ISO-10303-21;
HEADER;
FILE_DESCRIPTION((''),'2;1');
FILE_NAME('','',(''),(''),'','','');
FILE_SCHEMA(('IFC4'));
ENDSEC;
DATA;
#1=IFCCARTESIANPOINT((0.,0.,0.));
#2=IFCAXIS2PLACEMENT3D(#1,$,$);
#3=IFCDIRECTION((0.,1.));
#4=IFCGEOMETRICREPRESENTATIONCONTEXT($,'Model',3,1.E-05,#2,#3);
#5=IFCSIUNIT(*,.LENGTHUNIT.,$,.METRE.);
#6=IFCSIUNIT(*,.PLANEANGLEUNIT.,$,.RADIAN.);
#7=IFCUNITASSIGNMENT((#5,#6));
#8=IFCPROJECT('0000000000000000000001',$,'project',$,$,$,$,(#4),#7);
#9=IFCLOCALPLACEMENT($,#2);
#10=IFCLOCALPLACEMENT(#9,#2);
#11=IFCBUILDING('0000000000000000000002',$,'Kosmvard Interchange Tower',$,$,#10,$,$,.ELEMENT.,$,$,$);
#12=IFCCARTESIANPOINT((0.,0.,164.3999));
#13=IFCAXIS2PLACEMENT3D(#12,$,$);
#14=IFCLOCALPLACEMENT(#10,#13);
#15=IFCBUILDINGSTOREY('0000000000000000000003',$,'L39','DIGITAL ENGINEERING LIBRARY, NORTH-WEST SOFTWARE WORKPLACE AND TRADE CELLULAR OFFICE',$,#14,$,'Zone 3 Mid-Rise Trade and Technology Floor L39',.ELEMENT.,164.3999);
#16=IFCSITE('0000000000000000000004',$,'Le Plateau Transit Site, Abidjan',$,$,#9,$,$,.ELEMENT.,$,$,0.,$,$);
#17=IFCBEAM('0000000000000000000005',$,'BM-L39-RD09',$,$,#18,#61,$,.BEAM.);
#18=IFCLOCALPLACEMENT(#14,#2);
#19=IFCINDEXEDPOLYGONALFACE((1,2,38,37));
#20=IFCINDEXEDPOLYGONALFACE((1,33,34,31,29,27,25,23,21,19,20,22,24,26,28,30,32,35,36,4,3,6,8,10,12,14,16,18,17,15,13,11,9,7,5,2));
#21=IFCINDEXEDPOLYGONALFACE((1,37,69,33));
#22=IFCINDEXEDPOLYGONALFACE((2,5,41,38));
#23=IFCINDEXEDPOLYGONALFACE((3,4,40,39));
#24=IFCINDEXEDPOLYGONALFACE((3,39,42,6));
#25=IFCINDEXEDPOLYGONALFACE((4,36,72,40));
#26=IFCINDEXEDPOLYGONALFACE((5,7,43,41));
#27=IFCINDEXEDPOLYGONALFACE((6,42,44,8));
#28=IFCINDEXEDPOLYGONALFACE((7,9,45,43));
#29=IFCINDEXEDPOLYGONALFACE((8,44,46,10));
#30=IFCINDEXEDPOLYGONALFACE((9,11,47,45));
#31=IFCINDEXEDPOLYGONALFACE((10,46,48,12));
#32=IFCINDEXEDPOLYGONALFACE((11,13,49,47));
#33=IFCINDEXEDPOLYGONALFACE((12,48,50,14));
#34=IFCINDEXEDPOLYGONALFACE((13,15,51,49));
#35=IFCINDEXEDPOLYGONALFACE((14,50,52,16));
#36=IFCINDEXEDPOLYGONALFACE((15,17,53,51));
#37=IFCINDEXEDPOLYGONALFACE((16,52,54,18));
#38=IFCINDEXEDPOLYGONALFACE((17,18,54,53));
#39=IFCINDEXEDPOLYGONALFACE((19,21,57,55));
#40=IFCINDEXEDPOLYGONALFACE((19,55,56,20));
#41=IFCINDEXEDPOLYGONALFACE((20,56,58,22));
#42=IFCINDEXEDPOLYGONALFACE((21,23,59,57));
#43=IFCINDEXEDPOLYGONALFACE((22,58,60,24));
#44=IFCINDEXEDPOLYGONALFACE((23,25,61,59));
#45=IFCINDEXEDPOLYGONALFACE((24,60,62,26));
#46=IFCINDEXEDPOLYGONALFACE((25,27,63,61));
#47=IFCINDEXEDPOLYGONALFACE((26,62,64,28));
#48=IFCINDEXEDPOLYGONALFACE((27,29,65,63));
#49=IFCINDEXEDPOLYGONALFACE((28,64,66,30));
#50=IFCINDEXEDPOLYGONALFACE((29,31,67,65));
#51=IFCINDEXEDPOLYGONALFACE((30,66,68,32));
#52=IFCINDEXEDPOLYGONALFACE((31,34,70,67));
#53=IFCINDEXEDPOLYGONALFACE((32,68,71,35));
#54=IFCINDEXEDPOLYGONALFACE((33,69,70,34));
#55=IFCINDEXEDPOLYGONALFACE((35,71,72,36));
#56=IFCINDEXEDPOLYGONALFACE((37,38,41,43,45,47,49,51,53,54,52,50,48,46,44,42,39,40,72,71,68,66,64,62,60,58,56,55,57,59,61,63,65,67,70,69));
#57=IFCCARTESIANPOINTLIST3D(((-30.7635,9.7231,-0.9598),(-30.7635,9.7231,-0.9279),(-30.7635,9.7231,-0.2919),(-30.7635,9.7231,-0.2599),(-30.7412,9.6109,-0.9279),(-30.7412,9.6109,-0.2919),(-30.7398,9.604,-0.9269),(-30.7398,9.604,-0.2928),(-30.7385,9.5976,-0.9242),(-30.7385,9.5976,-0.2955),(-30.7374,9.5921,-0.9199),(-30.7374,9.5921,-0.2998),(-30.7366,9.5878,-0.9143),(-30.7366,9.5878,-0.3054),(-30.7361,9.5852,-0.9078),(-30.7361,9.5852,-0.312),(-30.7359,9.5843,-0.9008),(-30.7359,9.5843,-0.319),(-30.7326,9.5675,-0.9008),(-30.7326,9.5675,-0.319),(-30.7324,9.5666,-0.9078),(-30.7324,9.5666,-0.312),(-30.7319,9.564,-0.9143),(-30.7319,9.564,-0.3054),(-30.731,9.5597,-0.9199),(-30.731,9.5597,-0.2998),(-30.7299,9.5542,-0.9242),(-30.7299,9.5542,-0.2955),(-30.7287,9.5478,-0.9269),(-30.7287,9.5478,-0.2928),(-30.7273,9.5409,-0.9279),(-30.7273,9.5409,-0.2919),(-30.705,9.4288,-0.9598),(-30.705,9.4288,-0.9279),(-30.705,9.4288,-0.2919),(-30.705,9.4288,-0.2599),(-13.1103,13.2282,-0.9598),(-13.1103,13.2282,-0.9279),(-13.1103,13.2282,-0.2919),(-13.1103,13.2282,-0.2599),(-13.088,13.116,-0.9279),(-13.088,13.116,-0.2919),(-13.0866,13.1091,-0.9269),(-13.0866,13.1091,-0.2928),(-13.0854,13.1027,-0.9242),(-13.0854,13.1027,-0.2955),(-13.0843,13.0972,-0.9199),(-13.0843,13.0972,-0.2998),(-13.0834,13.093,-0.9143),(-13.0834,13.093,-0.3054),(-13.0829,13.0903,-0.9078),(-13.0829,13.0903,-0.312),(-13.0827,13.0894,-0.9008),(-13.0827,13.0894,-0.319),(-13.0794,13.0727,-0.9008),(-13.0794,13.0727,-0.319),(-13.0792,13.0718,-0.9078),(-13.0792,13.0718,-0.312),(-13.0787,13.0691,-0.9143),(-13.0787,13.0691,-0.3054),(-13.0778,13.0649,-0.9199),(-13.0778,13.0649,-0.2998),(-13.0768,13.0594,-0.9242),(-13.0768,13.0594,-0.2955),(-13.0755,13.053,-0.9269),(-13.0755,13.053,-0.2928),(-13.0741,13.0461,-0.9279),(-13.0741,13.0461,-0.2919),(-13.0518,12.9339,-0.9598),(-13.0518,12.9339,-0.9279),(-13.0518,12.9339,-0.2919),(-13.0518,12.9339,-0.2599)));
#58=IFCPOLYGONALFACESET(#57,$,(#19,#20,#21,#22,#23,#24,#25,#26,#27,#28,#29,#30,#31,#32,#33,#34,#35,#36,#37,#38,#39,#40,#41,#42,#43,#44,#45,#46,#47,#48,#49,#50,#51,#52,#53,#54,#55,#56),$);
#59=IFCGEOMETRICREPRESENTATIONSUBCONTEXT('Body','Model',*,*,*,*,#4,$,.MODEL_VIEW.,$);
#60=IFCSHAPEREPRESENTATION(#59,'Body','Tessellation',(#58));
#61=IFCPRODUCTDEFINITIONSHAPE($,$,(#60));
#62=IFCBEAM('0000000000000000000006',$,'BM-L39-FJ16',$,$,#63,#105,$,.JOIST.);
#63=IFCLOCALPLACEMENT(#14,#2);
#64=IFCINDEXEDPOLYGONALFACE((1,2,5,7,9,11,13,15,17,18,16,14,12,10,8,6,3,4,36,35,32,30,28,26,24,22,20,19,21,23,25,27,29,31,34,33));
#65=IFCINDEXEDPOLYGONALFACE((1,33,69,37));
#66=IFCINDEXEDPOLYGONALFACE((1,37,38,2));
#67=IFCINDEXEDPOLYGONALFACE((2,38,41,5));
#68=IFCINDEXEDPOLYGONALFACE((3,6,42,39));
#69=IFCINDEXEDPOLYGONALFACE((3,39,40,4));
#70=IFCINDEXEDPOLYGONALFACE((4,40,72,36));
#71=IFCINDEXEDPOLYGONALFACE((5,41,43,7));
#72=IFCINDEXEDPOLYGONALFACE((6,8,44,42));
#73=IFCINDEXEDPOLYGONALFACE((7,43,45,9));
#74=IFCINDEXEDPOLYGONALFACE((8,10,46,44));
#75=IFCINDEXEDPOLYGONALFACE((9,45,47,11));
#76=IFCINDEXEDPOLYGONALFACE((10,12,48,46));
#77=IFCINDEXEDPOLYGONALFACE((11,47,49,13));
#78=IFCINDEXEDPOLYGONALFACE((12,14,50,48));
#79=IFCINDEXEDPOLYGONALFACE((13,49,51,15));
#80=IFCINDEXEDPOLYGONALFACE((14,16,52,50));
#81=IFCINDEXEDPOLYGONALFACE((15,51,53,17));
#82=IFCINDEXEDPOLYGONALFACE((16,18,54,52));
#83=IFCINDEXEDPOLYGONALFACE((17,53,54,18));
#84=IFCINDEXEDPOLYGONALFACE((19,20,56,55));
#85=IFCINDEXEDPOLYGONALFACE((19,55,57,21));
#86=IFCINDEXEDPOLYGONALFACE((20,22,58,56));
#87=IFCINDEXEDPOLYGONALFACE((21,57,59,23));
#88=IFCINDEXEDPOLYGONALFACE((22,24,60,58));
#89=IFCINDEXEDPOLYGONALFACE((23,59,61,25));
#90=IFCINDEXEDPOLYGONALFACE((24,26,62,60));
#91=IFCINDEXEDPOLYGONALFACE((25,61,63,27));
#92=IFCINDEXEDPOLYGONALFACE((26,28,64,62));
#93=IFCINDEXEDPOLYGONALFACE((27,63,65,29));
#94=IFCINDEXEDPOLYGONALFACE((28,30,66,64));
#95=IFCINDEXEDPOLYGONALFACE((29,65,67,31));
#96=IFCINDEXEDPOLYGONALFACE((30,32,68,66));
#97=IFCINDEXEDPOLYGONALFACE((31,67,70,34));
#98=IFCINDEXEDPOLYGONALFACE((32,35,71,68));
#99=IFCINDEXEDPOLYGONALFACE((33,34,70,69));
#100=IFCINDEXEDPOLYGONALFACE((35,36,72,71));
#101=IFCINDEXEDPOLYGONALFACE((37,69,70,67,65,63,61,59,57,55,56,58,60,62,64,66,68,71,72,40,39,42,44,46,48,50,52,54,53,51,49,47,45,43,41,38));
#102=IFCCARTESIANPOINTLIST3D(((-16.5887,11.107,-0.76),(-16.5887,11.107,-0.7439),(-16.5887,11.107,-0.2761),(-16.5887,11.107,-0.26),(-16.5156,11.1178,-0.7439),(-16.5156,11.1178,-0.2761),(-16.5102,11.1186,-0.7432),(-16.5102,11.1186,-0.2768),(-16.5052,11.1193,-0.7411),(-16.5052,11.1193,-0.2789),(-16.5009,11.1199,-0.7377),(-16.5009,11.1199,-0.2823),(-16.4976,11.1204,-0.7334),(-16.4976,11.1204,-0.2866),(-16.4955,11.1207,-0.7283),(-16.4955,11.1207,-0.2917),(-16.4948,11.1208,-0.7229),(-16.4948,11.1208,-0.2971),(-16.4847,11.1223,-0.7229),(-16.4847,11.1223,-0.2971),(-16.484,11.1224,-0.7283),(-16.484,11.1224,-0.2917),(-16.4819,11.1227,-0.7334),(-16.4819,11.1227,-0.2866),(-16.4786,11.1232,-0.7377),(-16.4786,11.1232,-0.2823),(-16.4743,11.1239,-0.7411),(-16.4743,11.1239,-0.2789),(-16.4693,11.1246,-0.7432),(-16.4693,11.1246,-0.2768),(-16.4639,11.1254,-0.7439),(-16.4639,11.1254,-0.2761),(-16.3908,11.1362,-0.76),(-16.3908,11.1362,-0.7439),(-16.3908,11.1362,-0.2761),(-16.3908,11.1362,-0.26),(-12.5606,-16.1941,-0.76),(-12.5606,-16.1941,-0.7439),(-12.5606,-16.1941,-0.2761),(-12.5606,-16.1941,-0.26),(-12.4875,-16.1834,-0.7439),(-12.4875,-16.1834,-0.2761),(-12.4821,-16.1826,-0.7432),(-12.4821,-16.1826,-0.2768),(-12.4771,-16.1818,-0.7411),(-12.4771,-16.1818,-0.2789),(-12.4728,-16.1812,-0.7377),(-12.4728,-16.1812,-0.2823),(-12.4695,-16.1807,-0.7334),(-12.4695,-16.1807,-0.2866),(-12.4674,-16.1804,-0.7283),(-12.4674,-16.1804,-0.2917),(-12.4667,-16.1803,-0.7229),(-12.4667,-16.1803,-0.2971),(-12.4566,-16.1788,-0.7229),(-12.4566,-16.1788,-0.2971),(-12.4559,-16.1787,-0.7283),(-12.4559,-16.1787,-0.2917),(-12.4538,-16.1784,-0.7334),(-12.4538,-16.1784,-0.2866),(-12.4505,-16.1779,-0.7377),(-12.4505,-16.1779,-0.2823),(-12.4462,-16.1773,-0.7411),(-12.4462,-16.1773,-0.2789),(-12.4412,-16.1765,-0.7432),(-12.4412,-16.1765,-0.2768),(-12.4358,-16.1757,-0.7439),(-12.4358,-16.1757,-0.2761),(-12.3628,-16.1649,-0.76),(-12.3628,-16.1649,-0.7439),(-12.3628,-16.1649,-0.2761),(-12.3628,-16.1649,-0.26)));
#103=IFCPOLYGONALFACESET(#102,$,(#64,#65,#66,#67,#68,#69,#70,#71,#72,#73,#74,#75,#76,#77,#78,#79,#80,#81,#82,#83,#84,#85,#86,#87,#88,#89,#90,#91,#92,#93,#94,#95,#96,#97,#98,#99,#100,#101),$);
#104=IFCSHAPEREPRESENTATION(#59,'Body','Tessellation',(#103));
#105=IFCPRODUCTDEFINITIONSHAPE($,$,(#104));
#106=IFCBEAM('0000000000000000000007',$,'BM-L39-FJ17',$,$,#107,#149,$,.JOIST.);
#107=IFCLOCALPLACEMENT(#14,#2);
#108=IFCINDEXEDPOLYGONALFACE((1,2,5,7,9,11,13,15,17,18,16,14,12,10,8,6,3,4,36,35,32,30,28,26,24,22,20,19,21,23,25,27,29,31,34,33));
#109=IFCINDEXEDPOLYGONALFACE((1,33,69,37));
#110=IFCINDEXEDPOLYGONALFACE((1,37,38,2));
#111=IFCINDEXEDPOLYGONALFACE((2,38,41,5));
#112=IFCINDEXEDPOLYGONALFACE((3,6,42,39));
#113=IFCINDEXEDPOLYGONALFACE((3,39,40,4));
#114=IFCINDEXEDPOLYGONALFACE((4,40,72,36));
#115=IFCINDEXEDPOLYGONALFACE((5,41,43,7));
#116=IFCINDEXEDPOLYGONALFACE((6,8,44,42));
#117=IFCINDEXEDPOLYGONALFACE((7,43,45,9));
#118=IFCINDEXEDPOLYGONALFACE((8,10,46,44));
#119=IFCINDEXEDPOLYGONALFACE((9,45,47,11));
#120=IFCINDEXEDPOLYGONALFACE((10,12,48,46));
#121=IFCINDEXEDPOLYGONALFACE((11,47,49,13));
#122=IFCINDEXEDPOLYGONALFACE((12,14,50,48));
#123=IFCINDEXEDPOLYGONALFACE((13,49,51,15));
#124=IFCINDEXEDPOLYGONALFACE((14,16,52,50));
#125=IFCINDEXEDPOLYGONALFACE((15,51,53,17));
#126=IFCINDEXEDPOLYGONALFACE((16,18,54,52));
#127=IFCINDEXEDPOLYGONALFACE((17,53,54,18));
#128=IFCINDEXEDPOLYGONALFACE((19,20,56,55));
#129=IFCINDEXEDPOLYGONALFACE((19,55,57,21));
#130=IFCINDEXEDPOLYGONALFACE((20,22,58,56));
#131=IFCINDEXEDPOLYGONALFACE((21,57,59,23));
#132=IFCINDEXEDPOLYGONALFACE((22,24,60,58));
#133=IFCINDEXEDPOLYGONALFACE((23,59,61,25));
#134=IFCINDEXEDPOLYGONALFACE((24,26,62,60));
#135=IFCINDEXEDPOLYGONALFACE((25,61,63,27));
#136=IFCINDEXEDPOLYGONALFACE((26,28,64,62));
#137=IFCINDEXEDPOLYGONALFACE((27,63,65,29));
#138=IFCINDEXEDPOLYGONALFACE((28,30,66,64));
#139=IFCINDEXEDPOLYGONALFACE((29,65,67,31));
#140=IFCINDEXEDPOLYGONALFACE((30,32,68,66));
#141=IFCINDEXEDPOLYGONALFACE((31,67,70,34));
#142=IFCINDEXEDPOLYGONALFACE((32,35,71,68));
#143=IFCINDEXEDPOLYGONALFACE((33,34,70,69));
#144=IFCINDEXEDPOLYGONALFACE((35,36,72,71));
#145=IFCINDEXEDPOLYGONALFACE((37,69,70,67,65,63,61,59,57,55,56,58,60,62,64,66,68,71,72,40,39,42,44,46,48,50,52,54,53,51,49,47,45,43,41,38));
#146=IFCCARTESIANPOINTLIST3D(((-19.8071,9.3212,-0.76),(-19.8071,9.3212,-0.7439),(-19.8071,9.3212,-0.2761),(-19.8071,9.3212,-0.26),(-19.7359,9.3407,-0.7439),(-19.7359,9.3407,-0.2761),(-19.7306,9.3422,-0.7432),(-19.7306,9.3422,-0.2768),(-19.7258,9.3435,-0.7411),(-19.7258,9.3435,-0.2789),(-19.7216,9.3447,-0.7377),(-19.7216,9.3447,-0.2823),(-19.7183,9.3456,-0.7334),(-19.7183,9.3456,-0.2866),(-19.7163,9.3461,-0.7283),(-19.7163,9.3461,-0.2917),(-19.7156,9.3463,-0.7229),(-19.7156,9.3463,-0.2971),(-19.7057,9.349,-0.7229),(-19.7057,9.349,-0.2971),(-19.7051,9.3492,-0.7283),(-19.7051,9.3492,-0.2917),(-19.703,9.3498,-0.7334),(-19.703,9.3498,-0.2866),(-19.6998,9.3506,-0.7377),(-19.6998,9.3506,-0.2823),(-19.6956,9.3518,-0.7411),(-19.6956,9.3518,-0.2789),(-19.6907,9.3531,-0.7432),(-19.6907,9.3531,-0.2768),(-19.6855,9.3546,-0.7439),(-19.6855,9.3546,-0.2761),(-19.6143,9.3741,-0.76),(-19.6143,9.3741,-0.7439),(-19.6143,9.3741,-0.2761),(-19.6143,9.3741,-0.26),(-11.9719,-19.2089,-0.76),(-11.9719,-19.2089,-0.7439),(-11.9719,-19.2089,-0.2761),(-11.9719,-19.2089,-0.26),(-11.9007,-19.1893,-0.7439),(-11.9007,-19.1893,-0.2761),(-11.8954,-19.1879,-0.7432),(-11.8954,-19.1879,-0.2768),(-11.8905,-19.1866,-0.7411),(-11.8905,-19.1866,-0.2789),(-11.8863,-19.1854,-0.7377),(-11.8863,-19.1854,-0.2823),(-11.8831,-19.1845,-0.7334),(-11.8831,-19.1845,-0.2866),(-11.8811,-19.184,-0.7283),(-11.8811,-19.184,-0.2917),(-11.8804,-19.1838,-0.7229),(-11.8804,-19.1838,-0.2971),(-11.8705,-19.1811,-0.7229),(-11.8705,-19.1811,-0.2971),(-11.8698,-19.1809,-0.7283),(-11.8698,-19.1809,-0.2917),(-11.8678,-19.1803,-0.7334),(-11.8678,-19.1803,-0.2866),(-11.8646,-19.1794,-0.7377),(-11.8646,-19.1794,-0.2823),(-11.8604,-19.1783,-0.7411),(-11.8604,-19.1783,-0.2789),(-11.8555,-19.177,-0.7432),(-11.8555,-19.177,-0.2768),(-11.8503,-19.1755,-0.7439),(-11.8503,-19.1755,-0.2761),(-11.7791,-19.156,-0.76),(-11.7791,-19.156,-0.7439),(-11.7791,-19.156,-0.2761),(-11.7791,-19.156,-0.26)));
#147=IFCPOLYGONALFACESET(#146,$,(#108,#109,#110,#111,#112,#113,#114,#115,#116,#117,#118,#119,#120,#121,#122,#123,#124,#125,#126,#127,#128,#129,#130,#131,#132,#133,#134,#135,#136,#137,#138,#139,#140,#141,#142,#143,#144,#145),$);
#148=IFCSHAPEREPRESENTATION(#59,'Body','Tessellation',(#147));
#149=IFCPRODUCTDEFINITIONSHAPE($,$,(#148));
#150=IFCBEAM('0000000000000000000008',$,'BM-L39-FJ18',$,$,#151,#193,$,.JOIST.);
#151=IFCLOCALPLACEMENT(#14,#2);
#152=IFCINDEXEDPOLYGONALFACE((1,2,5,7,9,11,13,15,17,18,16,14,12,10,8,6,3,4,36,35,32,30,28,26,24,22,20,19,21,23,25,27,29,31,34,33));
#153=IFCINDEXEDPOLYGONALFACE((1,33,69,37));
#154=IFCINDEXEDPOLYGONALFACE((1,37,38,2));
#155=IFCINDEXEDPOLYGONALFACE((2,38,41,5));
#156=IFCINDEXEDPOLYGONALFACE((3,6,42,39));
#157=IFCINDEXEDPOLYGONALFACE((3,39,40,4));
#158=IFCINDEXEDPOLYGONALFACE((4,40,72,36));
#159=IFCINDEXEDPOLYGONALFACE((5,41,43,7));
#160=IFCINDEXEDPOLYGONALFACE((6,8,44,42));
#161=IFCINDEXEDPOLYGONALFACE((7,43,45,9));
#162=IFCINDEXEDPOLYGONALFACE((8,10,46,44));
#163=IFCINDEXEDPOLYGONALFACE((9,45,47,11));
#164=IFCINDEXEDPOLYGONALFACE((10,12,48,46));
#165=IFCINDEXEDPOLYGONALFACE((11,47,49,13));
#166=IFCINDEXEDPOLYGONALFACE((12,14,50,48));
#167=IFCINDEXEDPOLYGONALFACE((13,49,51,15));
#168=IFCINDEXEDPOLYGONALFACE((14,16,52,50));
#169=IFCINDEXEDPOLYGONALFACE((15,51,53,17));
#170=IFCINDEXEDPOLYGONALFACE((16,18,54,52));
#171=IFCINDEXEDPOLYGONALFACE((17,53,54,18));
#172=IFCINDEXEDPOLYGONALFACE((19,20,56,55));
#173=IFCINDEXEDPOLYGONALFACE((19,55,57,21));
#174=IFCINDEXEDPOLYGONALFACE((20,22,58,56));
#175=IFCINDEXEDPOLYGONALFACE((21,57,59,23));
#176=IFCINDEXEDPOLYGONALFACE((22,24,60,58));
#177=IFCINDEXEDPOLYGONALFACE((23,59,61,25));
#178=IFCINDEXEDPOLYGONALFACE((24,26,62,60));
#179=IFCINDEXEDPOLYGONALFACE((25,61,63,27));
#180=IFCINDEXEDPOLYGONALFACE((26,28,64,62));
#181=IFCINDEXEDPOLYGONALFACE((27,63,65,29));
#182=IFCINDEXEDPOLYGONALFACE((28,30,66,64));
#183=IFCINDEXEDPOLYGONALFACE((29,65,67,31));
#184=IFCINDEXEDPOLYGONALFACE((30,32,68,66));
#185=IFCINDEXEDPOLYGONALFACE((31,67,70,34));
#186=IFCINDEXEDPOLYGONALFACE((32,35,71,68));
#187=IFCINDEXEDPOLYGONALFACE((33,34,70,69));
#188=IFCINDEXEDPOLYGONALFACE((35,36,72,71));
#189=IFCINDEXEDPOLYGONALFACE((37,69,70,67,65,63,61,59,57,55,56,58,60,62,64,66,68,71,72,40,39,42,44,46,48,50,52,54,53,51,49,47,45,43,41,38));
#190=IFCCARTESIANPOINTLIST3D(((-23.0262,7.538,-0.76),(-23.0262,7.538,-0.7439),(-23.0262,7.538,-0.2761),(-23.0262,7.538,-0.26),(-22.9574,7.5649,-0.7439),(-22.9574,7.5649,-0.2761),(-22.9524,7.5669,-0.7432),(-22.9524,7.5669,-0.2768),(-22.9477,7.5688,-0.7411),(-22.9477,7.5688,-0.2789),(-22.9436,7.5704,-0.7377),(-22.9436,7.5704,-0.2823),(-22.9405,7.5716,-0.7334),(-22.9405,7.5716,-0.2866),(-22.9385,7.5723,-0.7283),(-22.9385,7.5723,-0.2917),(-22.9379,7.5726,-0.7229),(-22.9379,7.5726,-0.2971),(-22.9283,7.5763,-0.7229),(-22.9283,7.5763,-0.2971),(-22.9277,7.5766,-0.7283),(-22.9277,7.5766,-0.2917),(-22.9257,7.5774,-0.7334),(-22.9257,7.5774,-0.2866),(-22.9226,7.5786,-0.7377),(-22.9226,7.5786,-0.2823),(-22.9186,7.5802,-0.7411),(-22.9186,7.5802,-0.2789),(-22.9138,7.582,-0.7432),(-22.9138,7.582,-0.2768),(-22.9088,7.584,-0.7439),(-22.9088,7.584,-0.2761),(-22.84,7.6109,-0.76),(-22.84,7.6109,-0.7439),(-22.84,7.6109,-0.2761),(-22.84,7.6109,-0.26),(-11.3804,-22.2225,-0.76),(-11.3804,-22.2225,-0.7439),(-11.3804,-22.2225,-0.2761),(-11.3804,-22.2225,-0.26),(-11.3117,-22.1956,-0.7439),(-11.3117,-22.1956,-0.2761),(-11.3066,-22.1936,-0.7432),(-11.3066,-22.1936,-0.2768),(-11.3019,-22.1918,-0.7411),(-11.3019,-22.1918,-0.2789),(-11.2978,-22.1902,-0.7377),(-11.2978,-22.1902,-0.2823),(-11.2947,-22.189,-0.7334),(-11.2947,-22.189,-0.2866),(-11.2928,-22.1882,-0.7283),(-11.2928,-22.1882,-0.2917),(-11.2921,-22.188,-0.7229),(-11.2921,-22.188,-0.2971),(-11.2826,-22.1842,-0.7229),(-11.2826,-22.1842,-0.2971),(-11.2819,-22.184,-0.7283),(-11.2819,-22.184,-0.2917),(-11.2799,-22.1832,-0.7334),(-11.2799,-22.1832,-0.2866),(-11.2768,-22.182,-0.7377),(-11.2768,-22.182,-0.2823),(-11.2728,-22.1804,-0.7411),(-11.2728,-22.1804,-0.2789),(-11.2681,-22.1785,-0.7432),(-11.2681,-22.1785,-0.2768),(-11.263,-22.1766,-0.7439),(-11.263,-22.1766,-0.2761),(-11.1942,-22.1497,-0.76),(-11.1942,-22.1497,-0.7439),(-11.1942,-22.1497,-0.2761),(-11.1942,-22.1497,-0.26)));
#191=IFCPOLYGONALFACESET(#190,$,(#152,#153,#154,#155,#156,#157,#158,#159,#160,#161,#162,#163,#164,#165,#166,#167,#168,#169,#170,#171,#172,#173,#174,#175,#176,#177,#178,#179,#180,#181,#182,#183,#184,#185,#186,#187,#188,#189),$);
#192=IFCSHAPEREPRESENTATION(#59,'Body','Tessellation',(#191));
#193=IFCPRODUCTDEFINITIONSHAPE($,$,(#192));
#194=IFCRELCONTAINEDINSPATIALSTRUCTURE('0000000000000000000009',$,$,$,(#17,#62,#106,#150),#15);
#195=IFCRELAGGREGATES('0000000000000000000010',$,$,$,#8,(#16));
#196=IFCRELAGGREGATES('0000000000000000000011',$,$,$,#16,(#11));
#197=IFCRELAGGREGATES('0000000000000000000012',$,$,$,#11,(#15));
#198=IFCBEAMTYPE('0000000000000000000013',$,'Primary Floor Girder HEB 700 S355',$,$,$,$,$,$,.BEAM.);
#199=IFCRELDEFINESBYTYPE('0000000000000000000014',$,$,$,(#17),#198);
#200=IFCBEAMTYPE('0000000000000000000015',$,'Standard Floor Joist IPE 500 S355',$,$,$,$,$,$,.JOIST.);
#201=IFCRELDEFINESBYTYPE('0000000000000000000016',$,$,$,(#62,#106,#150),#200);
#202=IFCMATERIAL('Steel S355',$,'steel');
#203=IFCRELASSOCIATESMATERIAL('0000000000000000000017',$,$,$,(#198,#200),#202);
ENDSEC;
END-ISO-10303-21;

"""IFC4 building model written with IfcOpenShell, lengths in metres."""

from ifc_helpers import new_model, si_unit, direction, frame, origin, origin_2d, place, context, subcontext, project, spatial, i_section, extrude, source, transform, mapped, material, material_profile, profile_set, type_object, element, save


model = new_model("IFC4")

# Units and contexts
model_context = context("Model", 3, precision=1e-05, world=origin(), true_north=direction((0.0, 1.0)))
body_context = subcontext(model_context, "Body", "Model", "MODEL_VIEW")
ifc_project = project(units=[si_unit("LENGTHUNIT", "METRE"), si_unit("PLANEANGLEUNIT", "RADIAN")], contexts=[model_context])

# Site, building, storey
site_placement = place(None, origin())
site = spatial("IfcSite", under=ifc_project, at=site_placement, Name="Le Plateau Transit Site, Abidjan", CompositionType="ELEMENT", RefElevation=0.0)
building_placement = place(site_placement, origin())
building = spatial("IfcBuilding", under=site, at=building_placement, Name="Kosmvard Interchange Tower", CompositionType="ELEMENT")
storey_placement = place(building_placement, frame((0.0, 0.0, 164.3999)))
storey = spatial("IfcBuildingStorey", under=building, at=storey_placement, Name="L39", Description="DIGITAL ENGINEERING LIBRARY, NORTH-WEST SOFTWARE WORKPLACE AND TRADE CELLULAR OFFICE", LongName="Zone 3 Mid-Rise Trade and Technology Floor L39", CompositionType="ELEMENT", Elevation=164.3999)

# Beams
ifc_material_1 = material(Name="Steel S355", Category="steel")
ifc_material_profile_1 = material_profile(ifc_material_1, i_section(OverallWidth=0.3, OverallDepth=0.7, WebThickness=0.0171, FlangeThickness=0.032, FilletRadius=0.0271, at=origin_2d()), Name="HEB 700")
ifc_profile_set_1 = profile_set([ifc_material_profile_1], Name="Steel S355")
beam_type_1 = type_object("IfcBeamType", Name="Primary Floor Girder HEB 700 S355", PredefinedType="BEAM", material=ifc_profile_set_1)
shared_shape_1 = source(origin(), body_context, "Body", "SweptSolid", [
    extrude(i_section(OverallWidth=0.3, OverallDepth=0.7, WebThickness=0.0171, FlangeThickness=0.032, FilletRadius=0.0271, at=origin_2d()), origin(), (0.0, 0.0, 1.0), 17.9978),
])
beam_1_placement = place(storey_placement, frame((-13.0811, 13.0811, -0.6099), z_axis=(-0.980852, -0.194754, 0.0), x_axis=(0.194754, -0.980852, 0.0)))
element("IfcBeam", 1, at=beam_1_placement, inside=storey, type_object=beam_type_1, Name="BM-L39-RD09", PredefinedType="BEAM", context=body_context, shape_type="MappedRepresentation", body=[
    mapped(shared_shape_1, transform((0.0, 0.0, 0.0), scale=1.0)),
])
ifc_material_profile_2 = material_profile(ifc_material_1, i_section(OverallWidth=0.2, OverallDepth=0.5, WebThickness=0.0103, FlangeThickness=0.0161, FilletRadius=0.021, at=origin_2d()), Name="IPE 500")
ifc_profile_set_2 = profile_set([ifc_material_profile_2], Name="Steel S355")
beam_type_2 = type_object("IfcBeamType", Name="Standard Floor Joist IPE 500 S355", PredefinedType="JOIST", material=ifc_profile_set_2)
shared_shape_2 = source(origin(), body_context, "Body", "SweptSolid", [
    extrude(i_section(OverallWidth=0.2, OverallDepth=0.5, WebThickness=0.0103, FlangeThickness=0.0161, FilletRadius=0.021, at=origin_2d()), origin(), (0.0, 0.0, 1.0), 27.5967),
])
beam_2_placement = place(storey_placement, frame((-16.4897, 11.1216, -0.51), z_axis=(0.145963, -0.98929, 0.0), x_axis=(0.98929, 0.145963, 0.0)))
element("IfcBeam", 2, at=beam_2_placement, inside=storey, type_object=beam_type_2, Name="BM-L39-FJ16", PredefinedType="JOIST", context=body_context, shape_type="MappedRepresentation", body=[
    mapped(shared_shape_2, transform((0.0, 0.0, 0.0), scale=1.0)),
])
shared_shape_3 = source(origin(), body_context, "Body", "SweptSolid", [
    extrude(i_section(OverallWidth=0.2, OverallDepth=0.5, WebThickness=0.0103, FlangeThickness=0.0161, FilletRadius=0.021, at=origin_2d()), origin(), (0.0, 0.0, 1.0), 29.5864),
])
beam_3_placement = place(storey_placement, frame((-19.7107, 9.3477, -0.51), z_axis=(0.264825, -0.964297, 0.0), x_axis=(0.964297, 0.264825, 0.0)))
element("IfcBeam", 3, at=beam_3_placement, inside=storey, type_object=beam_type_2, Name="BM-L39-FJ17", PredefinedType="JOIST", context=body_context, shape_type="MappedRepresentation", body=[
    mapped(shared_shape_3, transform((0.0, 0.0, 0.0), scale=1.0)),
])
shared_shape_4 = source(origin(), body_context, "Body", "SweptSolid", [
    extrude(i_section(OverallWidth=0.2, OverallDepth=0.5, WebThickness=0.0103, FlangeThickness=0.0161, FilletRadius=0.021, at=origin_2d()), origin(), (0.0, 0.0, 1.0), 31.958),
])
beam_4_placement = place(storey_placement, frame((-22.9331, 7.5745, -0.51), z_axis=(0.364409, -0.931239, 0.0), x_axis=(0.931239, 0.364409, 0.0)))
element("IfcBeam", 4, at=beam_4_placement, inside=storey, type_object=beam_type_2, Name="BM-L39-FJ18", PredefinedType="JOIST", context=body_context, shape_type="MappedRepresentation", body=[
    mapped(shared_shape_4, transform((0.0, 0.0, 0.0), scale=1.0)),
])

save(model, "model.ifc")
